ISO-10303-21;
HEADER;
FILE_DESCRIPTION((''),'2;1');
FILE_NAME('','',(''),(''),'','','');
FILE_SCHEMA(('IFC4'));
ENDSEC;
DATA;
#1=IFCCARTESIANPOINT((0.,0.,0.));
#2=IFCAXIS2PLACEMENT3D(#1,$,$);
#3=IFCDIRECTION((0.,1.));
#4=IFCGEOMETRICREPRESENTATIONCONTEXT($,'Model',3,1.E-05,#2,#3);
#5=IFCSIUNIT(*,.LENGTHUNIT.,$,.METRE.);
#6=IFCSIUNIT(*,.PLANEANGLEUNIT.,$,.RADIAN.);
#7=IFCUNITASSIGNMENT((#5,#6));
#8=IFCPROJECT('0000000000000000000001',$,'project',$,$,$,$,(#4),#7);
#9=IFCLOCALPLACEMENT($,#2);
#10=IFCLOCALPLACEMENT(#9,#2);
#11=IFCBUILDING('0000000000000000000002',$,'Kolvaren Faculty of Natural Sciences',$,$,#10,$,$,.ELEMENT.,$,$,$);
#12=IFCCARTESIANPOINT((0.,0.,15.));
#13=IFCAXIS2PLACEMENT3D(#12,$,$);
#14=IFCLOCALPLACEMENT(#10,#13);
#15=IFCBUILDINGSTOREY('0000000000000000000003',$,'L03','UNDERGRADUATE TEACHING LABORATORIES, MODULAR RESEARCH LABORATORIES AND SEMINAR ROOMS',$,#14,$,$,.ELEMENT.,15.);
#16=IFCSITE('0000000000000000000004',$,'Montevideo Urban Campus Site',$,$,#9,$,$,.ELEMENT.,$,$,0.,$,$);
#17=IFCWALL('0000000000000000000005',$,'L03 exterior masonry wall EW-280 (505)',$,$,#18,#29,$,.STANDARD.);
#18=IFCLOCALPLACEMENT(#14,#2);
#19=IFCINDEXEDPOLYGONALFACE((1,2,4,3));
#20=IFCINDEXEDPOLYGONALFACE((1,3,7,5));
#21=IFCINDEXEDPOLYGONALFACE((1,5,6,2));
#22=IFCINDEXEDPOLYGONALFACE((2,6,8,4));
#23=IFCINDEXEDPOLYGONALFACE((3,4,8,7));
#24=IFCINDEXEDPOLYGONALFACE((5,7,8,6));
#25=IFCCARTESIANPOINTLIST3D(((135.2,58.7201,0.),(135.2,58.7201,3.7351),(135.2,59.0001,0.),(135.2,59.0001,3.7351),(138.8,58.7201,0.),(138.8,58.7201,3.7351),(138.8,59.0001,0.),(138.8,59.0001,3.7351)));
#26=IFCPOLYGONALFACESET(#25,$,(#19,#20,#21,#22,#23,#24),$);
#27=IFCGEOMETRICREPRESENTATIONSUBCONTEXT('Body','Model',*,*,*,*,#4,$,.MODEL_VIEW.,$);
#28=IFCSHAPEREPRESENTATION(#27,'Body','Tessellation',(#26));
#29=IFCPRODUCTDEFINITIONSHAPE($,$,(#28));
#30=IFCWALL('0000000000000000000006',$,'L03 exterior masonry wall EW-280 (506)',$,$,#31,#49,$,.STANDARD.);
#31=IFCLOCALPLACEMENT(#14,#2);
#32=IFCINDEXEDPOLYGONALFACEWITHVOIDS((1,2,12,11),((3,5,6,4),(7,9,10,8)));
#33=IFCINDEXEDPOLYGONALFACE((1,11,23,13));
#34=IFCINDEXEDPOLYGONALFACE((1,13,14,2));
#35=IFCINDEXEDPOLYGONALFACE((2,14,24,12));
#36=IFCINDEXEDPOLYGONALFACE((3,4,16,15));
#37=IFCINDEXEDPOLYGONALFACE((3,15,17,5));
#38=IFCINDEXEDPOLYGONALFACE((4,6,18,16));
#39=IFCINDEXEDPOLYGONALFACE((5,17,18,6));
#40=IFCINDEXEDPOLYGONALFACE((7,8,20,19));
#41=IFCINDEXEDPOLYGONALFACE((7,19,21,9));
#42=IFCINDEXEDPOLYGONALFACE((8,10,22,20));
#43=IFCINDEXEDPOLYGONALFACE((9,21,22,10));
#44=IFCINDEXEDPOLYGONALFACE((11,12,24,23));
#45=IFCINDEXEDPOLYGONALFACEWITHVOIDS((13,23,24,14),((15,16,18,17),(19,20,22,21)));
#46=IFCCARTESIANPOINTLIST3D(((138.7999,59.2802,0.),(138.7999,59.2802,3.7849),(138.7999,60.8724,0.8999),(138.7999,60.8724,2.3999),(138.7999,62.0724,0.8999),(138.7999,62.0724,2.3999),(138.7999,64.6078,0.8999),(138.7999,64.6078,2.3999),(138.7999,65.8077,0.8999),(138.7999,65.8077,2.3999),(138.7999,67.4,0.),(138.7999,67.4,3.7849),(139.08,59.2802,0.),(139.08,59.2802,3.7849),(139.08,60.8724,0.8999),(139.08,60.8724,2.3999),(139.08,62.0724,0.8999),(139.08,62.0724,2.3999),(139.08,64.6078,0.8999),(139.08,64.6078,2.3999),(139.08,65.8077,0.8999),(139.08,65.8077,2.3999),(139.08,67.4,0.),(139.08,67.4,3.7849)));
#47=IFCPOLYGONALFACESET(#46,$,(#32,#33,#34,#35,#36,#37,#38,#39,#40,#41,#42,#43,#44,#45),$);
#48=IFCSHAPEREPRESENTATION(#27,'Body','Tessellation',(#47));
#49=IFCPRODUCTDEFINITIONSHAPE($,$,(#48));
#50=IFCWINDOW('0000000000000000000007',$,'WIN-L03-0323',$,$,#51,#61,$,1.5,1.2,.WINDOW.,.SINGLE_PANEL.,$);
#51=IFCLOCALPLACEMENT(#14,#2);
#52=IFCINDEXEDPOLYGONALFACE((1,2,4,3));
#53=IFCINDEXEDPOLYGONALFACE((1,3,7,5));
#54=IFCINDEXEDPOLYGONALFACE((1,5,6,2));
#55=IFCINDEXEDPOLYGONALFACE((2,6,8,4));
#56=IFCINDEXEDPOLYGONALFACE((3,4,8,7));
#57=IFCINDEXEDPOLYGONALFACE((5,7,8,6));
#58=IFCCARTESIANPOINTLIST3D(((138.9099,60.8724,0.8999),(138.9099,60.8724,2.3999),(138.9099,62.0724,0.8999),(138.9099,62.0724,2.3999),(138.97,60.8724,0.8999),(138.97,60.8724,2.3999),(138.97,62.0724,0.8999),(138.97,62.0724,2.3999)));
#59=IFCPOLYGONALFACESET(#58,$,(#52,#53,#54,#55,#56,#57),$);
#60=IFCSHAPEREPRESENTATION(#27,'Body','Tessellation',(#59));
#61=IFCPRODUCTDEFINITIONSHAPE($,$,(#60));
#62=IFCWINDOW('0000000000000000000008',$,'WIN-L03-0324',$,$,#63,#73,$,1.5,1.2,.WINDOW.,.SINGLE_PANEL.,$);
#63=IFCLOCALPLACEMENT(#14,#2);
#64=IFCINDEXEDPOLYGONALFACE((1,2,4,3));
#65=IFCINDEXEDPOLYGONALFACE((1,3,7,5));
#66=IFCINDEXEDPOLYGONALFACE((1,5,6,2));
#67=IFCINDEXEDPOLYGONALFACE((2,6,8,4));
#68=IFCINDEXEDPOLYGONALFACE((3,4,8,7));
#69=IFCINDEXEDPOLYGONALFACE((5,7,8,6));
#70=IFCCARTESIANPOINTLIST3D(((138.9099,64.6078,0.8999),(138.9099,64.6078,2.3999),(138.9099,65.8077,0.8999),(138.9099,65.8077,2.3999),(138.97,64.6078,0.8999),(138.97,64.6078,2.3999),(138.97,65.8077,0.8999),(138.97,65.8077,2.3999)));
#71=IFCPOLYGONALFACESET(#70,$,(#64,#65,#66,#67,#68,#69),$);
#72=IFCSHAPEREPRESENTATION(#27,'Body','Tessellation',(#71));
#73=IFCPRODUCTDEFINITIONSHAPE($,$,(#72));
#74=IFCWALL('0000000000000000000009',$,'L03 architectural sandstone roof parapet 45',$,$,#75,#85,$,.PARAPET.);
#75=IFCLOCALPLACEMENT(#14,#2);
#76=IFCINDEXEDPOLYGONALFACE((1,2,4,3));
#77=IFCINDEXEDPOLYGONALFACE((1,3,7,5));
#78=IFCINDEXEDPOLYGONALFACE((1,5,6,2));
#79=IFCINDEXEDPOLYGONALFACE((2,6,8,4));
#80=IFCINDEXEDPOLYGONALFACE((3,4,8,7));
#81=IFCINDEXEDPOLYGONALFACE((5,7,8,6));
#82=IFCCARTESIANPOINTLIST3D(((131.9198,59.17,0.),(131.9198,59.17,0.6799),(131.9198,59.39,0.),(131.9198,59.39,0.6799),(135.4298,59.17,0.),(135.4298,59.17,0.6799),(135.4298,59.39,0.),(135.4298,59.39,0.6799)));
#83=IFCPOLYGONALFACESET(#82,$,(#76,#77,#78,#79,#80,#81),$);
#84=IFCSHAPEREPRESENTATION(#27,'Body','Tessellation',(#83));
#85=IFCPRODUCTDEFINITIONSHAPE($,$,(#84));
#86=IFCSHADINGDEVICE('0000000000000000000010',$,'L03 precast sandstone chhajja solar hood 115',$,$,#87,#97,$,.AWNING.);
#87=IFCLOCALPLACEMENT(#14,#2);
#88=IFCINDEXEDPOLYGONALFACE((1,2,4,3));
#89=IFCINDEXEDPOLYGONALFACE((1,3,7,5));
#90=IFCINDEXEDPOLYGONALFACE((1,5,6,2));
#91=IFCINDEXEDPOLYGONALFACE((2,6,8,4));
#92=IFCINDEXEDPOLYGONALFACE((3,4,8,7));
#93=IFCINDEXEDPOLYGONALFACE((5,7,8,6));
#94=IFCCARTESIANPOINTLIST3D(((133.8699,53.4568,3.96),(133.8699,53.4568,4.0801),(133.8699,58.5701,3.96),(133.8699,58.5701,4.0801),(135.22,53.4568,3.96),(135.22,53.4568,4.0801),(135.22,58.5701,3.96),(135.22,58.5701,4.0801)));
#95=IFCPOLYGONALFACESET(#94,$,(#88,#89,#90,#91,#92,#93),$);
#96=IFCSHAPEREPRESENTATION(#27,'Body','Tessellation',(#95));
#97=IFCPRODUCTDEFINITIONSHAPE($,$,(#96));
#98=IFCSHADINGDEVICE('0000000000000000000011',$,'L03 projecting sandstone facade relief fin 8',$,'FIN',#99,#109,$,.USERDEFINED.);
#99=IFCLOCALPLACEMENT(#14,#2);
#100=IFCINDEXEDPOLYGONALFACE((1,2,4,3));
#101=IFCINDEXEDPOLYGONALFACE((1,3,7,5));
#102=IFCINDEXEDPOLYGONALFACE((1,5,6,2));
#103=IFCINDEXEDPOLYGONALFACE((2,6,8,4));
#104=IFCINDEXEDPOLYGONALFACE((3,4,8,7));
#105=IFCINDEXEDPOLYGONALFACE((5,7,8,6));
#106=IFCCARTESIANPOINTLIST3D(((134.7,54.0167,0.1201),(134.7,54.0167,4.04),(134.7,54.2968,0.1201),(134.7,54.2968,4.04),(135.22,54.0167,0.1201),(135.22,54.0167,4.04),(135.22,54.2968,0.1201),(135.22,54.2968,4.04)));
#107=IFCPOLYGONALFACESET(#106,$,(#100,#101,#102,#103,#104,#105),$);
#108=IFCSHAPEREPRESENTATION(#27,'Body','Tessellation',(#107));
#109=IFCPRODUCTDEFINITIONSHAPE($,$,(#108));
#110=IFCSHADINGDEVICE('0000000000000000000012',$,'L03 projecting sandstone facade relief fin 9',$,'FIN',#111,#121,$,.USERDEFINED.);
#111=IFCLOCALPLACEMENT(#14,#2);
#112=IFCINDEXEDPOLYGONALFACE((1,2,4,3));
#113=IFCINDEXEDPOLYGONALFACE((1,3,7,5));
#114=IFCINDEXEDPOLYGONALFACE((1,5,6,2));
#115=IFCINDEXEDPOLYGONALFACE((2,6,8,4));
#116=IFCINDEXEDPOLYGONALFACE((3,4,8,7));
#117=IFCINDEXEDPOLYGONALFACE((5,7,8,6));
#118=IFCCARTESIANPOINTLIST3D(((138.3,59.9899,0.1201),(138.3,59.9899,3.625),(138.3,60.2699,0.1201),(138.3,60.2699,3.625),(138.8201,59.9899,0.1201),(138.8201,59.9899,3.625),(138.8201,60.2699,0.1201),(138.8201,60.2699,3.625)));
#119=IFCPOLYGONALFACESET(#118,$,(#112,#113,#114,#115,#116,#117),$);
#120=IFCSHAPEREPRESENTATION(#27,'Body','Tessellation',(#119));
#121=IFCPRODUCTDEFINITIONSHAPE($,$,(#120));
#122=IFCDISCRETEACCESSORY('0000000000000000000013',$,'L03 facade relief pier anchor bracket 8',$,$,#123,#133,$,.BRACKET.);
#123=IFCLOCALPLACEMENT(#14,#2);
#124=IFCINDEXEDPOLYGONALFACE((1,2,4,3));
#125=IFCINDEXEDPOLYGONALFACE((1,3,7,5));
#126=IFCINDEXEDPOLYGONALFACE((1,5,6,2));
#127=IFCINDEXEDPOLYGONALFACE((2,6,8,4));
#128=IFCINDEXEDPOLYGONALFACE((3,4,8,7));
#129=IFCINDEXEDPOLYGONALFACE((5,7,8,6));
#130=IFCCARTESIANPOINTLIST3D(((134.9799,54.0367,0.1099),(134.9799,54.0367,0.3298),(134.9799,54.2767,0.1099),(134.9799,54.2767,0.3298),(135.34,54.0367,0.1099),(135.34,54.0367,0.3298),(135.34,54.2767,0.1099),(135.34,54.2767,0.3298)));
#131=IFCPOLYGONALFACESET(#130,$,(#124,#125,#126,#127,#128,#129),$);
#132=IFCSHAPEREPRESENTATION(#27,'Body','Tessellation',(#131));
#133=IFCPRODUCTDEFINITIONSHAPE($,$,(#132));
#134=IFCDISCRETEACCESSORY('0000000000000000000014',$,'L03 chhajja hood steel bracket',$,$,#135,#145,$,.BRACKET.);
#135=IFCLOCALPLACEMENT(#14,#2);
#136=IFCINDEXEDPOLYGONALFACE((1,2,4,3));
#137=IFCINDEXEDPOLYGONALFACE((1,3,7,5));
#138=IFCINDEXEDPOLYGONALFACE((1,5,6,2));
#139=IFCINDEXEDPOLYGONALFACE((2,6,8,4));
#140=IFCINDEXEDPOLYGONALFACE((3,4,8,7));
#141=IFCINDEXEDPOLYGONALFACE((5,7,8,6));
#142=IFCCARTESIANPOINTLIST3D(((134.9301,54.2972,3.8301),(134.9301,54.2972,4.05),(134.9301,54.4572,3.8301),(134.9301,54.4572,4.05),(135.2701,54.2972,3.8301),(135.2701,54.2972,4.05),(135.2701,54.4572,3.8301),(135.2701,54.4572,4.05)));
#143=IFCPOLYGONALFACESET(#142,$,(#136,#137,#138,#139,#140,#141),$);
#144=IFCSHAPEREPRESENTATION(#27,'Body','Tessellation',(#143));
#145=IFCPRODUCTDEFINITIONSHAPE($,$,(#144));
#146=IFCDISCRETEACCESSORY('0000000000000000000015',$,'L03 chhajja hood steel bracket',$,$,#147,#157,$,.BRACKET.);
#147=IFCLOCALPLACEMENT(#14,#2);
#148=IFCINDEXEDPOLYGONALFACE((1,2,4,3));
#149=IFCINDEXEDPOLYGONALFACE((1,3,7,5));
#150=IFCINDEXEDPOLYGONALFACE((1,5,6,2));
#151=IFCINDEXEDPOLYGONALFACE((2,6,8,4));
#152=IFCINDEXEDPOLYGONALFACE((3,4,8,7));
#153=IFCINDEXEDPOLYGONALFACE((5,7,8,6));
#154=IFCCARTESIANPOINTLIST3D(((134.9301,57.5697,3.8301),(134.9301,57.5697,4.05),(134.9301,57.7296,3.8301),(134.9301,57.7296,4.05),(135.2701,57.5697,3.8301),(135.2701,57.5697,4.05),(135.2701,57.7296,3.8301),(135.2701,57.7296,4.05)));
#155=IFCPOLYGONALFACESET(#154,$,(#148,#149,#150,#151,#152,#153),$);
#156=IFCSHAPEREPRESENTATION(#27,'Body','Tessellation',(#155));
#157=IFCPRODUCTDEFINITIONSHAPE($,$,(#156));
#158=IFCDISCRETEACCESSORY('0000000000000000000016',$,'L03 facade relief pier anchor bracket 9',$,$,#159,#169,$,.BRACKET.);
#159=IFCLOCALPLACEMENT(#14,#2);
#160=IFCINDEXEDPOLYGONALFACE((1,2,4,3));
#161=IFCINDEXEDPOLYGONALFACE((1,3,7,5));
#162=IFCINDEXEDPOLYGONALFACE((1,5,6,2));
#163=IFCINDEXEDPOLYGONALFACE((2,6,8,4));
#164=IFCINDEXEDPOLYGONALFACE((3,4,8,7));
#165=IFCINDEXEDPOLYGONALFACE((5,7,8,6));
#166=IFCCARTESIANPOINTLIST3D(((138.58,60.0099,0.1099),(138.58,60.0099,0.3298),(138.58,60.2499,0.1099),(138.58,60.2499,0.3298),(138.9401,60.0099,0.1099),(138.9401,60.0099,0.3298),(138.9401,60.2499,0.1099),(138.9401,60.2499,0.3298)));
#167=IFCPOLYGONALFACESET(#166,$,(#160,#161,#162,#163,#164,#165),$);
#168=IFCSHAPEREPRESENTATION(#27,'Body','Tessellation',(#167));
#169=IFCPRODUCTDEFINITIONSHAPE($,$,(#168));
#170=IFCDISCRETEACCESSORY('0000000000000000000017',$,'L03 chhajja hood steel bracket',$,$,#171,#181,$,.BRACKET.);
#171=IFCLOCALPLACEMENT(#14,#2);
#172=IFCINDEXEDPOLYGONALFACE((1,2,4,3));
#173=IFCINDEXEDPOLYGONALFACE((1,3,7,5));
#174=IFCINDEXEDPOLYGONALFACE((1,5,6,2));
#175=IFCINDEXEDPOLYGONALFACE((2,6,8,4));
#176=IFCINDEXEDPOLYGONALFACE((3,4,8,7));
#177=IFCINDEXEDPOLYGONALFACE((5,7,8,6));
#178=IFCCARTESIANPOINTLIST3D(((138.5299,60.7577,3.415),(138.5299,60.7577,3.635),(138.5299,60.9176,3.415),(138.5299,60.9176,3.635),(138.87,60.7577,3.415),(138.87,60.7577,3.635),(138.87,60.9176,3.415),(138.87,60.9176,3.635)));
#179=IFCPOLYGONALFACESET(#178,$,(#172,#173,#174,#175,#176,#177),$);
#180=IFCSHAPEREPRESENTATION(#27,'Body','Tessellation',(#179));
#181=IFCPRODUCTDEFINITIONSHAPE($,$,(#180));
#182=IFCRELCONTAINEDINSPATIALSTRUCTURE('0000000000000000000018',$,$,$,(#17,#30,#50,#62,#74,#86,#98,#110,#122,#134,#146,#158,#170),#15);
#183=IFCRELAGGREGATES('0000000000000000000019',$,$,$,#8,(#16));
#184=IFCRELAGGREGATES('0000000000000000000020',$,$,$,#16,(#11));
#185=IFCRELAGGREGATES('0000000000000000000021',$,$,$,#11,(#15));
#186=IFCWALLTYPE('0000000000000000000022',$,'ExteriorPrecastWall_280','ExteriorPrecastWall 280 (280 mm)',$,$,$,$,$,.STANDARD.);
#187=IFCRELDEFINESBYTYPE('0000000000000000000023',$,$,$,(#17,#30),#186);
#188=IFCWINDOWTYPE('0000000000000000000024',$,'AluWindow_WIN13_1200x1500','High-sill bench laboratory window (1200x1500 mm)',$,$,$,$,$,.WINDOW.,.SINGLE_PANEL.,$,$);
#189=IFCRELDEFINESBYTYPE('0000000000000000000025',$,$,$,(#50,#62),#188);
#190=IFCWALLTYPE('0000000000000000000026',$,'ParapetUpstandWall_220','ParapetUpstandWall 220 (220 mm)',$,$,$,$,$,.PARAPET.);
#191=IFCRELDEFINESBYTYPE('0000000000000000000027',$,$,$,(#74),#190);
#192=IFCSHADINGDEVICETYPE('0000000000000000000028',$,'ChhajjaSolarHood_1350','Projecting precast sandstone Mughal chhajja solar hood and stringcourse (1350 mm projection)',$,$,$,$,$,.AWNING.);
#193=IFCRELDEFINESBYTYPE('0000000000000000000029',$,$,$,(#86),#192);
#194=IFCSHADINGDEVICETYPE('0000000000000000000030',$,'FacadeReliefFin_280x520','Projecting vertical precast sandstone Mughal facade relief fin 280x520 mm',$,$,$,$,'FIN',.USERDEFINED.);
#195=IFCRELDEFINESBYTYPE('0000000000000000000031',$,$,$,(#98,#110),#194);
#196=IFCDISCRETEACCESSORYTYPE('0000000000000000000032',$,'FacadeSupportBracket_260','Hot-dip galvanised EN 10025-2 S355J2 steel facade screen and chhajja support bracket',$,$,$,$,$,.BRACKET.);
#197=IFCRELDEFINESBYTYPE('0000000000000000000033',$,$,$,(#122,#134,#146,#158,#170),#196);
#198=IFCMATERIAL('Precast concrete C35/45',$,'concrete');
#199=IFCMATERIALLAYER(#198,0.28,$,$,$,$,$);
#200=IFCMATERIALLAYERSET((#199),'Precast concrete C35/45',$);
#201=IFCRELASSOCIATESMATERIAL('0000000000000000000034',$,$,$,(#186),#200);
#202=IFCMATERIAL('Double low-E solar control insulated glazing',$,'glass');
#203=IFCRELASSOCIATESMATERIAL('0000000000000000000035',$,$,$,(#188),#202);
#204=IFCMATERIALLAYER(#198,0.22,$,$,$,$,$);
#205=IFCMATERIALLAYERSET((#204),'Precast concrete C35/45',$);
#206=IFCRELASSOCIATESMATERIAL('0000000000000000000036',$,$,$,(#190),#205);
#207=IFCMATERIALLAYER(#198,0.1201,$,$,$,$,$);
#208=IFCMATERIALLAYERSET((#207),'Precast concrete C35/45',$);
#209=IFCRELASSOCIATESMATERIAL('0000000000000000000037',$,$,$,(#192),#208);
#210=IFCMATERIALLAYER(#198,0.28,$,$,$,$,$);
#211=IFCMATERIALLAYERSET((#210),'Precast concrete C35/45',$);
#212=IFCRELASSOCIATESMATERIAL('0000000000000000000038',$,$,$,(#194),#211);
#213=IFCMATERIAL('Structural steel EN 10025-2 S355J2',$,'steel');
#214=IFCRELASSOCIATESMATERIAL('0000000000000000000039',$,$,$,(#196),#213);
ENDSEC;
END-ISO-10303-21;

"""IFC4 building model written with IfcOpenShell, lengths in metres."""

from ifc_helpers import new_model, si_unit, direction, frame, frame_2d, origin, origin_2d, place, context, subcontext, project, spatial, rectangle, extrude, material, layer, layer_set, type_object, element, fill, save


model = new_model("IFC4")

# Units and contexts
model_context = context("Model", 3, precision=1e-05, world=origin(), true_north=direction((0.0, 1.0)))
body_context = subcontext(model_context, "Body", "Model", "MODEL_VIEW")
ifc_project = project(units=[si_unit("LENGTHUNIT", "METRE"), si_unit("PLANEANGLEUNIT", "RADIAN")], contexts=[model_context])

# Site, building, storey
site_placement = place(None, origin())
site = spatial("IfcSite", under=ifc_project, at=site_placement, Name="Montevideo Urban Campus Site", CompositionType="ELEMENT", RefElevation=0.0)
building_placement = place(site_placement, origin())
building = spatial("IfcBuilding", under=site, at=building_placement, Name="Kolvaren Faculty of Natural Sciences", CompositionType="ELEMENT")
storey_placement = place(building_placement, frame((0.0, 0.0, 15.0)))
storey = spatial("IfcBuildingStorey", under=building, at=storey_placement, Name="L03", Description="UNDERGRADUATE TEACHING LABORATORIES, MODULAR RESEARCH LABORATORIES AND SEMINAR ROOMS", CompositionType="ELEMENT", Elevation=15.0)

# Wall
ifc_material_1 = material(Name="Precast concrete C35/45", Category="concrete")
ifc_layer_1 = layer(ifc_material_1, 0.28)
ifc_layer_set_1 = layer_set([ifc_layer_1], Name="Precast concrete C35/45")
wall_type_1 = type_object("IfcWallType", Name="ExteriorPrecastWall_280", Description="ExteriorPrecastWall 280 (280 mm)", PredefinedType="STANDARD", material=ifc_layer_set_1)
wall_1_placement = place(storey_placement, frame((135.2, 58.8601, 0.0), z_axis=(0.0, 0.0, 1.0), x_axis=(1.0, 0.0, 0.0)))
element("IfcWall", 1, at=wall_1_placement, inside=storey, type_object=wall_type_1, Name="L03 exterior masonry wall EW-280 (505)", PredefinedType="STANDARD", context=body_context, shape_type="SweptSolid", body=[
    extrude(rectangle(XDim=3.6001, YDim=0.28, at=frame_2d((1.8, 0.0))), origin(), (0.0, 0.0, 1.0), 3.7351),
])

# Wall, openings, windows
wall_2_placement = place(storey_placement, frame((138.9399, 59.28, 0.0), z_axis=(0.0, 0.0, 1.0), x_axis=(0.0, 1.0, 0.0)))
wall_2 = element("IfcWall", 2, at=wall_2_placement, inside=storey, type_object=wall_type_1, Name="L03 exterior masonry wall EW-280 (506)", PredefinedType="STANDARD", context=body_context, shape_type="SweptSolid", body=[
    extrude(rectangle(XDim=8.1199, YDim=0.28, at=frame_2d((4.0601, 0.0))), origin(), (0.0, 0.0, 1.0), 3.7849),
])
opening_1_placement = place(wall_2_placement, frame((1.5923, 0.0, 0.8999)))
opening_1 = element("IfcOpeningElement", 3, at=opening_1_placement, cuts=wall_2, PredefinedType="OPENING", context=body_context, shape_type="SweptSolid", body=[
    extrude(rectangle(XDim=1.2, YDim=1.5, at=frame_2d((0.6001, 0.75))), frame((0.0, 0.1499, 0.0), z_axis=(0.0, -1.0, 0.0), x_axis=(1.0, 0.0, 0.0)), (0.0, 0.0, 1.0), 0.3),
])
opening_2_placement = place(wall_2_placement, frame((5.3276, 0.0, 0.8999)))
opening_2 = element("IfcOpeningElement", 4, at=opening_2_placement, cuts=wall_2, PredefinedType="OPENING", context=body_context, shape_type="SweptSolid", body=[
    extrude(rectangle(XDim=1.2, YDim=1.5, at=frame_2d((0.6001, 0.75))), frame((0.0, 0.1499, 0.0), z_axis=(0.0, -1.0, 0.0), x_axis=(1.0, 0.0, 0.0)), (0.0, 0.0, 1.0), 0.3),
])
ifc_material_2 = material(Name="Double low-E solar control insulated glazing", Category="glass")
window_type = type_object("IfcWindowType", Name="AluWindow_WIN13_1200x1500", Description="High-sill bench laboratory window (1200x1500 mm)", PartitioningType="SINGLE_PANEL", PredefinedType="WINDOW", material=ifc_material_2)
window_1_placement = place(opening_1_placement, origin())
window_1 = element("IfcWindow", 5, at=window_1_placement, inside=storey, type_object=window_type, Name="WIN-L03-0323", OverallHeight=1.5, OverallWidth=1.2, PartitioningType="SINGLE_PANEL", PredefinedType="WINDOW", context=body_context, shape_type="SweptSolid", body=[
    extrude(rectangle(XDim=1.2, YDim=1.5, at=frame_2d((0.6001, 0.75))), frame((0.0, 0.03, 0.0), z_axis=(0.0, -1.0, 0.0), x_axis=(1.0, 0.0, 0.0)), (0.0, 0.0, 1.0), 0.0601),
])
fill(opening_1, window_1)
window_2_placement = place(opening_2_placement, origin())
window_2 = element("IfcWindow", 6, at=window_2_placement, inside=storey, type_object=window_type, Name="WIN-L03-0324", OverallHeight=1.5, OverallWidth=1.2, PartitioningType="SINGLE_PANEL", PredefinedType="WINDOW", context=body_context, shape_type="SweptSolid", body=[
    extrude(rectangle(XDim=1.2, YDim=1.5, at=frame_2d((0.6001, 0.75))), frame((0.0, 0.03, 0.0), z_axis=(0.0, -1.0, 0.0), x_axis=(1.0, 0.0, 0.0)), (0.0, 0.0, 1.0), 0.0601),
])
fill(opening_2, window_2)

# Wall
ifc_layer_2 = layer(ifc_material_1, 0.22)
ifc_layer_set_2 = layer_set([ifc_layer_2], Name="Precast concrete C35/45")
wall_type_2 = type_object("IfcWallType", Name="ParapetUpstandWall_220", Description="ParapetUpstandWall 220 (220 mm)", PredefinedType="PARAPET", material=ifc_layer_set_2)
wall_3_placement = place(storey_placement, frame((131.9199, 59.28, 0.0), z_axis=(0.0, 0.0, 1.0), x_axis=(1.0, 0.0, 0.0)))
element("IfcWall", 7, at=wall_3_placement, inside=storey, type_object=wall_type_2, Name="L03 architectural sandstone roof parapet 45", PredefinedType="PARAPET", context=body_context, shape_type="SweptSolid", body=[
    extrude(rectangle(XDim=3.51, YDim=0.22, at=frame_2d((1.7549, 0.0))), origin(), (0.0, 0.0, 1.0), 0.6799),
])

# Shading devices
ifc_layer_3 = layer(ifc_material_1, 0.1201)
ifc_layer_set_3 = layer_set([ifc_layer_3], Name="Precast concrete C35/45")
shading_device_type_1 = type_object("IfcShadingDeviceType", Name="ChhajjaSolarHood_1350", Description="Projecting precast sandstone Mughal chhajja solar hood and stringcourse (1350 mm projection)", PredefinedType="AWNING", material=ifc_layer_set_3)
shading_device_1_placement = place(storey_placement, frame((134.5449, 56.0134, 3.96), z_axis=(0.0, 0.0, 1.0), x_axis=(0.0, 1.0, 0.0)))
element("IfcShadingDevice", 8, at=shading_device_1_placement, inside=storey, type_object=shading_device_type_1, Name="L03 precast sandstone chhajja solar hood 115", PredefinedType="AWNING", context=body_context, shape_type="SweptSolid", body=[
    extrude(rectangle(XDim=5.1133, YDim=1.3501, at=origin_2d()), origin(), (0.0, 0.0, 1.0), 0.1201),
])
ifc_layer_4 = layer(ifc_material_1, 0.28)
ifc_layer_set_4 = layer_set([ifc_layer_4], Name="Precast concrete C35/45")
shading_device_type_2 = type_object("IfcShadingDeviceType", Name="FacadeReliefFin_280x520", Description="Projecting vertical precast sandstone Mughal facade relief fin 280x520 mm", ElementType="FIN", PredefinedType="USERDEFINED", material=ifc_layer_set_4)
shading_device_2_placement = place(storey_placement, frame((134.96, 54.1567, 0.1201), z_axis=(0.0, 0.0, 1.0), x_axis=(0.0, 1.0, 0.0)))
element("IfcShadingDevice", 9, at=shading_device_2_placement, inside=storey, type_object=shading_device_type_2, Name="L03 projecting sandstone facade relief fin 8", ObjectType="FIN", PredefinedType="USERDEFINED", context=body_context, shape_type="SweptSolid", body=[
    extrude(rectangle(XDim=0.28, YDim=0.52, at=origin_2d()), origin(), (0.0, 0.0, 1.0), 3.9199),
])
shading_device_3_placement = place(storey_placement, frame((138.5601, 60.1299, 0.1201), z_axis=(0.0, 0.0, 1.0), x_axis=(0.0, 1.0, 0.0)))
element("IfcShadingDevice", 10, at=shading_device_3_placement, inside=storey, type_object=shading_device_type_2, Name="L03 projecting sandstone facade relief fin 9", ObjectType="FIN", PredefinedType="USERDEFINED", context=body_context, shape_type="SweptSolid", body=[
    extrude(rectangle(XDim=0.28, YDim=0.52, at=origin_2d()), origin(), (0.0, 0.0, 1.0), 3.5049),
])

# Discrete accessories
ifc_material_3 = material(Name="Structural steel EN 10025-2 S355J2", Category="steel")
discrete_accessory_type = type_object("IfcDiscreteAccessoryType", Name="FacadeSupportBracket_260", Description="Hot-dip galvanised EN 10025-2 S355J2 steel facade screen and chhajja support bracket", PredefinedType="BRACKET", material=ifc_material_3)
discrete_accessory_1_placement = place(storey_placement, frame((135.1599, 54.1567, 0.1099), z_axis=(0.0, 0.0, 1.0), x_axis=(0.0, 1.0, 0.0)))
element("IfcDiscreteAccessory", 11, at=discrete_accessory_1_placement, inside=storey, type_object=discrete_accessory_type, Name="L03 facade relief pier anchor bracket 8", PredefinedType="BRACKET", context=body_context, shape_type="SweptSolid", body=[
    extrude(rectangle(XDim=0.24, YDim=0.3601, at=origin_2d()), origin(), (0.0, 0.0, 1.0), 0.22),
])
for number, where, z_axis, x_axis, name in (
    (12, (135.1001, 54.3772, 3.8301), (0.0, 0.0, 1.0), (0.0, 1.0, 0.0), "L03 chhajja hood steel bracket"),
    (13, (135.1001, 57.6497, 3.8301), (0.0, 0.0, 1.0), (0.0, 1.0, 0.0), "L03 chhajja hood steel bracket"),
):
    element("IfcDiscreteAccessory", number, at=place(storey_placement, frame(where, z_axis=z_axis, x_axis=x_axis)), inside=storey, type_object=discrete_accessory_type, Name=name, PredefinedType="BRACKET", context=body_context, shape_type="SweptSolid", body=[
        extrude(rectangle(XDim=0.1599, YDim=0.3401, at=origin_2d()), origin(), (0.0, 0.0, 1.0), 0.22),
    ])
discrete_accessory_2_placement = place(storey_placement, frame((138.76, 60.1299, 0.1099), z_axis=(0.0, 0.0, 1.0), x_axis=(0.0, 1.0, 0.0)))
element("IfcDiscreteAccessory", 14, at=discrete_accessory_2_placement, inside=storey, type_object=discrete_accessory_type, Name="L03 facade relief pier anchor bracket 9", PredefinedType="BRACKET", context=body_context, shape_type="SweptSolid", body=[
    extrude(rectangle(XDim=0.24, YDim=0.3601, at=origin_2d()), origin(), (0.0, 0.0, 1.0), 0.22),
])
discrete_accessory_3_placement = place(storey_placement, frame((138.7, 60.8376, 3.415), z_axis=(0.0, 0.0, 1.0), x_axis=(0.0, 1.0, 0.0)))
element("IfcDiscreteAccessory", 15, at=discrete_accessory_3_placement, inside=storey, type_object=discrete_accessory_type, Name="L03 chhajja hood steel bracket", PredefinedType="BRACKET", context=body_context, shape_type="SweptSolid", body=[
    extrude(rectangle(XDim=0.1599, YDim=0.3401, at=origin_2d()), origin(), (0.0, 0.0, 1.0), 0.22),
])

save(model, "model.ifc")
